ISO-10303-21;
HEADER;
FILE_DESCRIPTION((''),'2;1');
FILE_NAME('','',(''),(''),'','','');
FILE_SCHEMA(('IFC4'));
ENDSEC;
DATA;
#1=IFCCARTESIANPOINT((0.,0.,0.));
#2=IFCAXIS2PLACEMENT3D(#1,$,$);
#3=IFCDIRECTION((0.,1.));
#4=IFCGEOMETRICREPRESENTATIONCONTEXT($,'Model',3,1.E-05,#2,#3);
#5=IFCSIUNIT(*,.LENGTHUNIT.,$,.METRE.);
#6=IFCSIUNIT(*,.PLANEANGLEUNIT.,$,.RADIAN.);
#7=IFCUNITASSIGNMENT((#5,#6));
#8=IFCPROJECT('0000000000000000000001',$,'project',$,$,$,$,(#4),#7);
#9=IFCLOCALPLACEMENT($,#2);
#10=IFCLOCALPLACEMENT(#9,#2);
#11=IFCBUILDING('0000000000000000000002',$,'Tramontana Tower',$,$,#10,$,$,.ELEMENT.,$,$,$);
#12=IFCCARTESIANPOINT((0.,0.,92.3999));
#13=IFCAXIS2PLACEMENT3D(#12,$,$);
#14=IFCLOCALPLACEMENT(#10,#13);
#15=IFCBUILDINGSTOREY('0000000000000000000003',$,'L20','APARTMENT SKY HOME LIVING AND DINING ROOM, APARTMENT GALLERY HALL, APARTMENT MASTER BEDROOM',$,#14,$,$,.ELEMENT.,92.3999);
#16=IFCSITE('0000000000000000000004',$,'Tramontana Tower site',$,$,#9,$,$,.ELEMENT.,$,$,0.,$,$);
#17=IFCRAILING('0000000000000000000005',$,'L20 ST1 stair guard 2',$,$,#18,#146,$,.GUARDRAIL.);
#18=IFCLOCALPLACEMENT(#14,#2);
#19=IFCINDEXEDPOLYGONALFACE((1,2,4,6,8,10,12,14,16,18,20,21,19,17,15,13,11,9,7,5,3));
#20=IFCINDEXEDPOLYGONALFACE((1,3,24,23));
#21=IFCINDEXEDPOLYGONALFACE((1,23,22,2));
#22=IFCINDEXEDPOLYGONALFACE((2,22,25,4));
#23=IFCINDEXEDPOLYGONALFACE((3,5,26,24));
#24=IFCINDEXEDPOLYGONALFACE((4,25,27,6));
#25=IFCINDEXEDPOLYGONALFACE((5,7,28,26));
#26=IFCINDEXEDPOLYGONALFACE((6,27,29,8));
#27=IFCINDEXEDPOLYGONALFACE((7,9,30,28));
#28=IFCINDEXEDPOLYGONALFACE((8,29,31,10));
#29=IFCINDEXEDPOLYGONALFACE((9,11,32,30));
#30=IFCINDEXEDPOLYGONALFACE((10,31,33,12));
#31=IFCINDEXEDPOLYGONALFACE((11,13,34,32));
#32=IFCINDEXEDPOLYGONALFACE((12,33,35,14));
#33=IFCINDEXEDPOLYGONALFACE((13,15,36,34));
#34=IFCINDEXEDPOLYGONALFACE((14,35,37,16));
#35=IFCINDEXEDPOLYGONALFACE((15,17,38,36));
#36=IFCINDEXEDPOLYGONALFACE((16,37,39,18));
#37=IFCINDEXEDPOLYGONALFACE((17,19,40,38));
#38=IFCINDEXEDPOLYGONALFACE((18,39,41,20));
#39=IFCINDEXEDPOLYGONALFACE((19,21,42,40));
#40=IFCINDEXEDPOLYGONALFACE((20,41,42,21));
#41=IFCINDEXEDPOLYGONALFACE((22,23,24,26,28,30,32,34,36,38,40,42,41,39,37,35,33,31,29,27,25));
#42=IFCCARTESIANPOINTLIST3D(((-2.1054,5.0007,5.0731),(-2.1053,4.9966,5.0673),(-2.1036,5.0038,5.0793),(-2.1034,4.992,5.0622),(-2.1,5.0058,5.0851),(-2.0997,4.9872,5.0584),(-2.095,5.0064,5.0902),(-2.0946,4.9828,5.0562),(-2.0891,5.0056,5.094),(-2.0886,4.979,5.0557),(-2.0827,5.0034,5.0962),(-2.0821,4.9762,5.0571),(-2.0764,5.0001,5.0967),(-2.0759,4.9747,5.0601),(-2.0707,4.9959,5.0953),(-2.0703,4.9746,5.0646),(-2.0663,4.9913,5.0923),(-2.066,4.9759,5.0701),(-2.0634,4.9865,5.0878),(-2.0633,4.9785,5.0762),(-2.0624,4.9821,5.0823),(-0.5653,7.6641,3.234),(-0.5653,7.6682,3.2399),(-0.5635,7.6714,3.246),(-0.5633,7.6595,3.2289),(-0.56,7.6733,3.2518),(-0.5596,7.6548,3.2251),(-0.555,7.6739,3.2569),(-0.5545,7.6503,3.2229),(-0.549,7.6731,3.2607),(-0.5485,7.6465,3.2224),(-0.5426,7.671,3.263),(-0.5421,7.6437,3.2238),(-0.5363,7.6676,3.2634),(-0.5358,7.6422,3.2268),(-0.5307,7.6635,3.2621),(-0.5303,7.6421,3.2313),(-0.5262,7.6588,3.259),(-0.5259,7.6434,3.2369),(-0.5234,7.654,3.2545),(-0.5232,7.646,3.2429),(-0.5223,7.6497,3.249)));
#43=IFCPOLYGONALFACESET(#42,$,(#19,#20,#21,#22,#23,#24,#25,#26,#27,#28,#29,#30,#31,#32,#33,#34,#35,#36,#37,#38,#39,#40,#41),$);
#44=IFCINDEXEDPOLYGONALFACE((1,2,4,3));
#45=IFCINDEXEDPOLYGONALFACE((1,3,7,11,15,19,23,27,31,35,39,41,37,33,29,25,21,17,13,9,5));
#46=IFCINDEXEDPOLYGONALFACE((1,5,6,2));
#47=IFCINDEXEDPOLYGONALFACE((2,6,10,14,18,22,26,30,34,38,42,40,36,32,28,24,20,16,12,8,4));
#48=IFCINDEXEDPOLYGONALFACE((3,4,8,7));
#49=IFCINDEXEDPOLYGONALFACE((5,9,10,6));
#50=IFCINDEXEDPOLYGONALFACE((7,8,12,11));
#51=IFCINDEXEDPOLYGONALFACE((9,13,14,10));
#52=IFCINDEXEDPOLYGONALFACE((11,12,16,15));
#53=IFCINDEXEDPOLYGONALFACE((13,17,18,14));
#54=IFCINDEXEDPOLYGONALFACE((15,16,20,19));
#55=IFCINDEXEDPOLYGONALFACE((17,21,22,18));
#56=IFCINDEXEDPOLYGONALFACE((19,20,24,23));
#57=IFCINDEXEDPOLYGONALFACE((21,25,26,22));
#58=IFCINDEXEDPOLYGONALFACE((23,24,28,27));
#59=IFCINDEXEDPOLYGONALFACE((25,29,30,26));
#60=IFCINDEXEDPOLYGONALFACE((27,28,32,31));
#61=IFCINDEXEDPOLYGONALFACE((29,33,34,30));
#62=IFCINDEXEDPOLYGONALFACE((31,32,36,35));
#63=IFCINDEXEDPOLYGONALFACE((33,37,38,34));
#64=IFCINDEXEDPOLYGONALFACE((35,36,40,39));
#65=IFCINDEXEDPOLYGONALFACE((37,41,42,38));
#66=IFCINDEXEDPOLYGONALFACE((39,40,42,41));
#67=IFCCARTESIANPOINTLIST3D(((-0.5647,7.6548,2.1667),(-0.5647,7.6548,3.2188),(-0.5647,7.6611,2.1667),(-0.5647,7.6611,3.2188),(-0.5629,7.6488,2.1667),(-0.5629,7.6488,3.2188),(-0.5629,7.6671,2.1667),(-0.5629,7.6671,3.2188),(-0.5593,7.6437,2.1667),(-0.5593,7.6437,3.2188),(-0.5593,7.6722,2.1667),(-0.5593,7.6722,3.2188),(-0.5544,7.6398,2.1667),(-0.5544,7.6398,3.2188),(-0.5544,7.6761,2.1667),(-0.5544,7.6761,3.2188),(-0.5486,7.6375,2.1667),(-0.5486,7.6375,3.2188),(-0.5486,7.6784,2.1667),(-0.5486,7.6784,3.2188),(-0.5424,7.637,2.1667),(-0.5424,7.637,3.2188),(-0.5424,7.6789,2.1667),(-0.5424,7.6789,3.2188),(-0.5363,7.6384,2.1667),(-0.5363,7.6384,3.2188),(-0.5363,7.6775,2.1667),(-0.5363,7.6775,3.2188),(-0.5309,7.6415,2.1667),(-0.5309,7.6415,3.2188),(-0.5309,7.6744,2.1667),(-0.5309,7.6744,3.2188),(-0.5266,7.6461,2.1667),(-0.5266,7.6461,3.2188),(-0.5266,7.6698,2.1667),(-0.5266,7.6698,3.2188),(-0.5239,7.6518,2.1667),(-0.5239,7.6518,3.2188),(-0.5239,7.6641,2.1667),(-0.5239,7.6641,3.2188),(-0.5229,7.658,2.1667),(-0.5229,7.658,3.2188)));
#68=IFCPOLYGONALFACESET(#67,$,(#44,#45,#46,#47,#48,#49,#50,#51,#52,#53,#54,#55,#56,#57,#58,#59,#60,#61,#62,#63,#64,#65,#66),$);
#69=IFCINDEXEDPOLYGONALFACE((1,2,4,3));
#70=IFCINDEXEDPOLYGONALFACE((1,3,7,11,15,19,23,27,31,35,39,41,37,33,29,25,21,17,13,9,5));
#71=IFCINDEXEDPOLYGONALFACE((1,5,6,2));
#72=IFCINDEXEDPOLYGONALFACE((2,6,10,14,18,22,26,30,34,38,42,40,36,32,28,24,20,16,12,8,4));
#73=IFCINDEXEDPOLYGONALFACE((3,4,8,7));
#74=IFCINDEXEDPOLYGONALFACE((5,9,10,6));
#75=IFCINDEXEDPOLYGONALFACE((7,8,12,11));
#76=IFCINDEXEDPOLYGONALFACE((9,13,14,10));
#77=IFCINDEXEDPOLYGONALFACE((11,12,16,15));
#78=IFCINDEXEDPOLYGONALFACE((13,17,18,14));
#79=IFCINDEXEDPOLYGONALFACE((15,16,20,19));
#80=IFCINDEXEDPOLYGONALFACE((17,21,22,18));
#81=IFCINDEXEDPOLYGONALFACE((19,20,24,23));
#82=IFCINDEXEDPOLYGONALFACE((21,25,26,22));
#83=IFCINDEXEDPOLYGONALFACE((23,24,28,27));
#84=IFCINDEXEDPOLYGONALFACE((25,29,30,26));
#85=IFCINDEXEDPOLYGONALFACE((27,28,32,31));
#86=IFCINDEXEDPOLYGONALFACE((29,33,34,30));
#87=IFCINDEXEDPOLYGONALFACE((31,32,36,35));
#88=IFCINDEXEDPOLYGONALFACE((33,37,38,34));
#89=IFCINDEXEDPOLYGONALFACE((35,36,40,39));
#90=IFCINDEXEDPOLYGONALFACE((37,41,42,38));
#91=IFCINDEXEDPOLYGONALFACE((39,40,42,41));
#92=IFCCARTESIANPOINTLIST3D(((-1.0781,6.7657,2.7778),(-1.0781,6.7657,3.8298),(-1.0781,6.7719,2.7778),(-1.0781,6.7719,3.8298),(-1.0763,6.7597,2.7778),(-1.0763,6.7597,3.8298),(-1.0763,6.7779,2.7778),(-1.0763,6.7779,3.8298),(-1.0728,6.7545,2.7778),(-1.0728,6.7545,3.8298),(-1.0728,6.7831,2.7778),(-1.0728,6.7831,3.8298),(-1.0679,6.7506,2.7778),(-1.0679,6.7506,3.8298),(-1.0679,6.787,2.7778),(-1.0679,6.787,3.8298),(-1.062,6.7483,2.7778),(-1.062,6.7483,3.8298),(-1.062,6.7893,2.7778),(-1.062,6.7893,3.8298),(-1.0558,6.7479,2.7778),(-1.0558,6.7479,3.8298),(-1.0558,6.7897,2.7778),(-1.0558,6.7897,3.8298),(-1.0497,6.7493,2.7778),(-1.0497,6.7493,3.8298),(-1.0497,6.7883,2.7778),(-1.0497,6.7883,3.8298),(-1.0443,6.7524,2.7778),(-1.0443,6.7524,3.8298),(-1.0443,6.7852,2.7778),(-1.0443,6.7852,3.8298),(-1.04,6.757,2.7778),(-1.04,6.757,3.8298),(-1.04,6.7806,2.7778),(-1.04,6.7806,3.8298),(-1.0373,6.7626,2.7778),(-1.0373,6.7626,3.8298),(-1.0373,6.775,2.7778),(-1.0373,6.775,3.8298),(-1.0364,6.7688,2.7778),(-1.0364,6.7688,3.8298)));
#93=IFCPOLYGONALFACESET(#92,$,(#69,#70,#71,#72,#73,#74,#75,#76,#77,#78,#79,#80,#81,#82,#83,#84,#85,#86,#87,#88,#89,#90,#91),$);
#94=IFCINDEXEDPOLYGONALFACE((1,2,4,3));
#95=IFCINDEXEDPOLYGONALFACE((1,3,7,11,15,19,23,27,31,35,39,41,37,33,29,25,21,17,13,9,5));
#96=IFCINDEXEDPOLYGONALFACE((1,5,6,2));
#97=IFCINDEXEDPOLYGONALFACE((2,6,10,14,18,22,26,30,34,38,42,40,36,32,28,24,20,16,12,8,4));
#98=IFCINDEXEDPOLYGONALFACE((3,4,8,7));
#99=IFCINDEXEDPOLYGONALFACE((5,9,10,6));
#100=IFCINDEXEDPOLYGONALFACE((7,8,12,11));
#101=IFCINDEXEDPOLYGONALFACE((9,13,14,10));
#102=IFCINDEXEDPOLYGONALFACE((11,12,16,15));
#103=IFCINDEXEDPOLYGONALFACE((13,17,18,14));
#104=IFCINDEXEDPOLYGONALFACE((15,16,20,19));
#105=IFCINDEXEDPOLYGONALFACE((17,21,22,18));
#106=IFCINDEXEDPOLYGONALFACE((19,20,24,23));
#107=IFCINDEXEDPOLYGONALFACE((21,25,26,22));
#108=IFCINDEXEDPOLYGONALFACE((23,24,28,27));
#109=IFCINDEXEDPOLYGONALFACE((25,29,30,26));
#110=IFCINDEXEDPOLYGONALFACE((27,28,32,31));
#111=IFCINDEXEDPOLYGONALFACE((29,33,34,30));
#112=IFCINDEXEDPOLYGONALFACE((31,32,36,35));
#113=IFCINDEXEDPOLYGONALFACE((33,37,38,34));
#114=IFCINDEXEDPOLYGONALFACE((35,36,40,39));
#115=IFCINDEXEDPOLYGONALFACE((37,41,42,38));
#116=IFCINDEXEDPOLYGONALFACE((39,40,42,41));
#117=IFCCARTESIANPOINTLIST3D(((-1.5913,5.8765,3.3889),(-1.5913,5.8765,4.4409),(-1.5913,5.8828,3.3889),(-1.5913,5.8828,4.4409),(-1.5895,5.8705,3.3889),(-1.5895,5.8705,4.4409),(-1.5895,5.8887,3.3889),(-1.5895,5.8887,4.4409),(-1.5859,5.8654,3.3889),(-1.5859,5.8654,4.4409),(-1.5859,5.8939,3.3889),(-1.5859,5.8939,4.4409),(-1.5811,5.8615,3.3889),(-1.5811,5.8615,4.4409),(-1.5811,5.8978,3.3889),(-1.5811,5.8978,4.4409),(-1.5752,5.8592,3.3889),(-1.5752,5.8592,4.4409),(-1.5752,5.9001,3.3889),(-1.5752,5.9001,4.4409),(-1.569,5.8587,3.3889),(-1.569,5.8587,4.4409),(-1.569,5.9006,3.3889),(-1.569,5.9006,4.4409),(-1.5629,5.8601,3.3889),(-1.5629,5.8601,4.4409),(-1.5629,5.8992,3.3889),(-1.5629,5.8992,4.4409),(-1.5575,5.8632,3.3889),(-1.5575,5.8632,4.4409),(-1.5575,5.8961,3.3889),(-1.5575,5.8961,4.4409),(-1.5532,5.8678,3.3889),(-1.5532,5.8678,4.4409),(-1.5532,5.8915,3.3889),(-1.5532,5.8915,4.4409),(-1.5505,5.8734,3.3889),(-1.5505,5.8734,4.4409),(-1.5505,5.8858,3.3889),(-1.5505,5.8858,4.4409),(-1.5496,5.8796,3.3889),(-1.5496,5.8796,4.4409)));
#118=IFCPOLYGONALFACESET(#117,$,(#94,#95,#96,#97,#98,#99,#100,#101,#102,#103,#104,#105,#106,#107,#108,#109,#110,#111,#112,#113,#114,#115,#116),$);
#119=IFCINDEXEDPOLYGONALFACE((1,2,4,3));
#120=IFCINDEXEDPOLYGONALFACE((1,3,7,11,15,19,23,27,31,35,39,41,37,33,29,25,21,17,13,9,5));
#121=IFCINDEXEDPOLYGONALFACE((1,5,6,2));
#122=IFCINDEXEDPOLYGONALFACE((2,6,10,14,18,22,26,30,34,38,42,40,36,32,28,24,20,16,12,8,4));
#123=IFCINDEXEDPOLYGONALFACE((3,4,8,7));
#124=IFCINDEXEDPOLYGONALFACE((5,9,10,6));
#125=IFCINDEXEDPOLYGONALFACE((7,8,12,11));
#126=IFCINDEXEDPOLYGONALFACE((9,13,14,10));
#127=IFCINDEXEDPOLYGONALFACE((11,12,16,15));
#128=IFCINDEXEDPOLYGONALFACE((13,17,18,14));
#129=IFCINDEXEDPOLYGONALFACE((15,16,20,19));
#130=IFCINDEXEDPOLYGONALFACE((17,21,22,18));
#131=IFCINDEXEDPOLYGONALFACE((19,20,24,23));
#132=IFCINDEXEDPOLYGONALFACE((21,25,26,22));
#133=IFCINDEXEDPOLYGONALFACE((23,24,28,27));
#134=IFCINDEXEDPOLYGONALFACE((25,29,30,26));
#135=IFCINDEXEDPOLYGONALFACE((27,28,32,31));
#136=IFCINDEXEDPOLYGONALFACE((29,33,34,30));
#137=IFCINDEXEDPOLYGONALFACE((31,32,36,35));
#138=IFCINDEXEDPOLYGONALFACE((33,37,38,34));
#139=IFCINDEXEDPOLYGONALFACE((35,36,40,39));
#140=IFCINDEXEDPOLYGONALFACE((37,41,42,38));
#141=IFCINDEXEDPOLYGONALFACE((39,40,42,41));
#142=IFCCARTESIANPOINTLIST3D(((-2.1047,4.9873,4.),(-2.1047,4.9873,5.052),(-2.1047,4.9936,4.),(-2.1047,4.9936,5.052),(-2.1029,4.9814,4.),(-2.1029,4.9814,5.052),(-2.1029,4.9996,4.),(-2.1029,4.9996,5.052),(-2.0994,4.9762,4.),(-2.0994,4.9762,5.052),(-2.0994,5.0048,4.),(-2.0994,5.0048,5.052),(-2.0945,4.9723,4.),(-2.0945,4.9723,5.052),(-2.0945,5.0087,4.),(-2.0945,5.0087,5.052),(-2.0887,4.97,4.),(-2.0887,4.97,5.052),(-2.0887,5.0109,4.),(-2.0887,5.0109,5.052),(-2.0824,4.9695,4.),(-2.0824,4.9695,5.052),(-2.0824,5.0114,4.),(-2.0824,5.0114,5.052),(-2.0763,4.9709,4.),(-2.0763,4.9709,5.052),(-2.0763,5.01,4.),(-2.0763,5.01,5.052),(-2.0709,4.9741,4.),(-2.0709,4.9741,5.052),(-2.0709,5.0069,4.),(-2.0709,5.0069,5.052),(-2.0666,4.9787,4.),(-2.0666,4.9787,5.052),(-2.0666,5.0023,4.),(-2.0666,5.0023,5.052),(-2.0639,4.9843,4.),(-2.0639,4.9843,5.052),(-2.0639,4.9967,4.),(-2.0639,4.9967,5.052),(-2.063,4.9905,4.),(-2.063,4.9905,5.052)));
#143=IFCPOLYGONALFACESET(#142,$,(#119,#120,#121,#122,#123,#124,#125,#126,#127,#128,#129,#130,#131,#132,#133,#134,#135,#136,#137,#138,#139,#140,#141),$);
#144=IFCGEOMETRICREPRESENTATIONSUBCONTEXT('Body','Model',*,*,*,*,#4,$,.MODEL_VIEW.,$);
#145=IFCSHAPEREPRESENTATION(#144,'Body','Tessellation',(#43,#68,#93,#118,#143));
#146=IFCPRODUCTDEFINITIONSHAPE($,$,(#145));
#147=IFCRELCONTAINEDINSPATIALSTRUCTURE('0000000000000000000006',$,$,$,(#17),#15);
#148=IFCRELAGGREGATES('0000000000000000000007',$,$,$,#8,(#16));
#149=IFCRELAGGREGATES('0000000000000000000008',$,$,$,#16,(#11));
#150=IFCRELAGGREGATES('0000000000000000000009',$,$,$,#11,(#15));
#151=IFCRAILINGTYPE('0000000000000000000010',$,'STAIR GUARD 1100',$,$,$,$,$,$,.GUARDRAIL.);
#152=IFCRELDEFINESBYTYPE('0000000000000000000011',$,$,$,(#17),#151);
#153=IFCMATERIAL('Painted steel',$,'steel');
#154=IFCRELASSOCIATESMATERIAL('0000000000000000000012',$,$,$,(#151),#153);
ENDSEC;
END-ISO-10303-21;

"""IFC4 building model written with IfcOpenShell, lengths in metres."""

from ifc_helpers import new_model, si_unit, direction, frame, origin, origin_2d, place, context, subcontext, project, spatial, circle, extrude, material, type_object, element, save


model = new_model("IFC4")

# Units and contexts
model_context = context("Model", 3, precision=1e-05, world=origin(), true_north=direction((0.0, 1.0)))
body_context = subcontext(model_context, "Body", "Model", "MODEL_VIEW")
ifc_project = project(units=[si_unit("LENGTHUNIT", "METRE"), si_unit("PLANEANGLEUNIT", "RADIAN")], contexts=[model_context])

# Site, building, storey
site_placement = place(None, origin())
site = spatial("IfcSite", under=ifc_project, at=site_placement, Name="Tramontana Tower site", CompositionType="ELEMENT", RefElevation=0.0)
building_placement = place(site_placement, origin())
building = spatial("IfcBuilding", under=site, at=building_placement, Name="Tramontana Tower", CompositionType="ELEMENT")
storey_placement = place(building_placement, frame((0.0, 0.0, 92.3999)))
storey = spatial("IfcBuildingStorey", under=building, at=storey_placement, Name="L20", Description="APARTMENT SKY HOME LIVING AND DINING ROOM, APARTMENT GALLERY HALL, APARTMENT MASTER BEDROOM", CompositionType="ELEMENT", Elevation=92.3999)

# Railing
ifc_material_1 = material(Name="Painted steel", Category="steel")
railing_type_1 = type_object("IfcRailingType", Name="STAIR GUARD 1100", PredefinedType="GUARDRAIL", material=ifc_material_1)
railing_1_placement = place(storey_placement, frame((-0.5439, 7.658, 2.1667)))
element("IfcRailing", 1, at=railing_1_placement, inside=storey, type_object=railing_type_1, Name="L20 ST1 stair guard 2", PredefinedType="GUARDRAIL", context=body_context, shape_type="SweptSolid", body=[
    extrude(circle(Radius=0.0239, at=origin_2d()), frame((0.0, 0.0, 1.0762), z_axis=(-0.429649, -0.74419, 0.511452), x_axis=(0.86603, -0.499992, 0.0)), (0.0, 0.0, 1.0), 3.5845),
    extrude(circle(Radius=0.021, at=origin_2d()), origin(), (0.0, 0.0, 1.0), 1.052),
    extrude(circle(Radius=0.021, at=origin_2d()), frame((-0.5134, -0.8892, 0.6111)), (0.0, 0.0, 1.0), 1.052),
    extrude(circle(Radius=0.021, at=origin_2d()), frame((-1.0266, -1.7783, 1.2222)), (0.0, 0.0, 1.0), 1.052),
    extrude(circle(Radius=0.021, at=origin_2d()), frame((-1.54, -2.6675, 1.8333)), (0.0, 0.0, 1.0), 1.052),
])

save(model, "model.ifc")
